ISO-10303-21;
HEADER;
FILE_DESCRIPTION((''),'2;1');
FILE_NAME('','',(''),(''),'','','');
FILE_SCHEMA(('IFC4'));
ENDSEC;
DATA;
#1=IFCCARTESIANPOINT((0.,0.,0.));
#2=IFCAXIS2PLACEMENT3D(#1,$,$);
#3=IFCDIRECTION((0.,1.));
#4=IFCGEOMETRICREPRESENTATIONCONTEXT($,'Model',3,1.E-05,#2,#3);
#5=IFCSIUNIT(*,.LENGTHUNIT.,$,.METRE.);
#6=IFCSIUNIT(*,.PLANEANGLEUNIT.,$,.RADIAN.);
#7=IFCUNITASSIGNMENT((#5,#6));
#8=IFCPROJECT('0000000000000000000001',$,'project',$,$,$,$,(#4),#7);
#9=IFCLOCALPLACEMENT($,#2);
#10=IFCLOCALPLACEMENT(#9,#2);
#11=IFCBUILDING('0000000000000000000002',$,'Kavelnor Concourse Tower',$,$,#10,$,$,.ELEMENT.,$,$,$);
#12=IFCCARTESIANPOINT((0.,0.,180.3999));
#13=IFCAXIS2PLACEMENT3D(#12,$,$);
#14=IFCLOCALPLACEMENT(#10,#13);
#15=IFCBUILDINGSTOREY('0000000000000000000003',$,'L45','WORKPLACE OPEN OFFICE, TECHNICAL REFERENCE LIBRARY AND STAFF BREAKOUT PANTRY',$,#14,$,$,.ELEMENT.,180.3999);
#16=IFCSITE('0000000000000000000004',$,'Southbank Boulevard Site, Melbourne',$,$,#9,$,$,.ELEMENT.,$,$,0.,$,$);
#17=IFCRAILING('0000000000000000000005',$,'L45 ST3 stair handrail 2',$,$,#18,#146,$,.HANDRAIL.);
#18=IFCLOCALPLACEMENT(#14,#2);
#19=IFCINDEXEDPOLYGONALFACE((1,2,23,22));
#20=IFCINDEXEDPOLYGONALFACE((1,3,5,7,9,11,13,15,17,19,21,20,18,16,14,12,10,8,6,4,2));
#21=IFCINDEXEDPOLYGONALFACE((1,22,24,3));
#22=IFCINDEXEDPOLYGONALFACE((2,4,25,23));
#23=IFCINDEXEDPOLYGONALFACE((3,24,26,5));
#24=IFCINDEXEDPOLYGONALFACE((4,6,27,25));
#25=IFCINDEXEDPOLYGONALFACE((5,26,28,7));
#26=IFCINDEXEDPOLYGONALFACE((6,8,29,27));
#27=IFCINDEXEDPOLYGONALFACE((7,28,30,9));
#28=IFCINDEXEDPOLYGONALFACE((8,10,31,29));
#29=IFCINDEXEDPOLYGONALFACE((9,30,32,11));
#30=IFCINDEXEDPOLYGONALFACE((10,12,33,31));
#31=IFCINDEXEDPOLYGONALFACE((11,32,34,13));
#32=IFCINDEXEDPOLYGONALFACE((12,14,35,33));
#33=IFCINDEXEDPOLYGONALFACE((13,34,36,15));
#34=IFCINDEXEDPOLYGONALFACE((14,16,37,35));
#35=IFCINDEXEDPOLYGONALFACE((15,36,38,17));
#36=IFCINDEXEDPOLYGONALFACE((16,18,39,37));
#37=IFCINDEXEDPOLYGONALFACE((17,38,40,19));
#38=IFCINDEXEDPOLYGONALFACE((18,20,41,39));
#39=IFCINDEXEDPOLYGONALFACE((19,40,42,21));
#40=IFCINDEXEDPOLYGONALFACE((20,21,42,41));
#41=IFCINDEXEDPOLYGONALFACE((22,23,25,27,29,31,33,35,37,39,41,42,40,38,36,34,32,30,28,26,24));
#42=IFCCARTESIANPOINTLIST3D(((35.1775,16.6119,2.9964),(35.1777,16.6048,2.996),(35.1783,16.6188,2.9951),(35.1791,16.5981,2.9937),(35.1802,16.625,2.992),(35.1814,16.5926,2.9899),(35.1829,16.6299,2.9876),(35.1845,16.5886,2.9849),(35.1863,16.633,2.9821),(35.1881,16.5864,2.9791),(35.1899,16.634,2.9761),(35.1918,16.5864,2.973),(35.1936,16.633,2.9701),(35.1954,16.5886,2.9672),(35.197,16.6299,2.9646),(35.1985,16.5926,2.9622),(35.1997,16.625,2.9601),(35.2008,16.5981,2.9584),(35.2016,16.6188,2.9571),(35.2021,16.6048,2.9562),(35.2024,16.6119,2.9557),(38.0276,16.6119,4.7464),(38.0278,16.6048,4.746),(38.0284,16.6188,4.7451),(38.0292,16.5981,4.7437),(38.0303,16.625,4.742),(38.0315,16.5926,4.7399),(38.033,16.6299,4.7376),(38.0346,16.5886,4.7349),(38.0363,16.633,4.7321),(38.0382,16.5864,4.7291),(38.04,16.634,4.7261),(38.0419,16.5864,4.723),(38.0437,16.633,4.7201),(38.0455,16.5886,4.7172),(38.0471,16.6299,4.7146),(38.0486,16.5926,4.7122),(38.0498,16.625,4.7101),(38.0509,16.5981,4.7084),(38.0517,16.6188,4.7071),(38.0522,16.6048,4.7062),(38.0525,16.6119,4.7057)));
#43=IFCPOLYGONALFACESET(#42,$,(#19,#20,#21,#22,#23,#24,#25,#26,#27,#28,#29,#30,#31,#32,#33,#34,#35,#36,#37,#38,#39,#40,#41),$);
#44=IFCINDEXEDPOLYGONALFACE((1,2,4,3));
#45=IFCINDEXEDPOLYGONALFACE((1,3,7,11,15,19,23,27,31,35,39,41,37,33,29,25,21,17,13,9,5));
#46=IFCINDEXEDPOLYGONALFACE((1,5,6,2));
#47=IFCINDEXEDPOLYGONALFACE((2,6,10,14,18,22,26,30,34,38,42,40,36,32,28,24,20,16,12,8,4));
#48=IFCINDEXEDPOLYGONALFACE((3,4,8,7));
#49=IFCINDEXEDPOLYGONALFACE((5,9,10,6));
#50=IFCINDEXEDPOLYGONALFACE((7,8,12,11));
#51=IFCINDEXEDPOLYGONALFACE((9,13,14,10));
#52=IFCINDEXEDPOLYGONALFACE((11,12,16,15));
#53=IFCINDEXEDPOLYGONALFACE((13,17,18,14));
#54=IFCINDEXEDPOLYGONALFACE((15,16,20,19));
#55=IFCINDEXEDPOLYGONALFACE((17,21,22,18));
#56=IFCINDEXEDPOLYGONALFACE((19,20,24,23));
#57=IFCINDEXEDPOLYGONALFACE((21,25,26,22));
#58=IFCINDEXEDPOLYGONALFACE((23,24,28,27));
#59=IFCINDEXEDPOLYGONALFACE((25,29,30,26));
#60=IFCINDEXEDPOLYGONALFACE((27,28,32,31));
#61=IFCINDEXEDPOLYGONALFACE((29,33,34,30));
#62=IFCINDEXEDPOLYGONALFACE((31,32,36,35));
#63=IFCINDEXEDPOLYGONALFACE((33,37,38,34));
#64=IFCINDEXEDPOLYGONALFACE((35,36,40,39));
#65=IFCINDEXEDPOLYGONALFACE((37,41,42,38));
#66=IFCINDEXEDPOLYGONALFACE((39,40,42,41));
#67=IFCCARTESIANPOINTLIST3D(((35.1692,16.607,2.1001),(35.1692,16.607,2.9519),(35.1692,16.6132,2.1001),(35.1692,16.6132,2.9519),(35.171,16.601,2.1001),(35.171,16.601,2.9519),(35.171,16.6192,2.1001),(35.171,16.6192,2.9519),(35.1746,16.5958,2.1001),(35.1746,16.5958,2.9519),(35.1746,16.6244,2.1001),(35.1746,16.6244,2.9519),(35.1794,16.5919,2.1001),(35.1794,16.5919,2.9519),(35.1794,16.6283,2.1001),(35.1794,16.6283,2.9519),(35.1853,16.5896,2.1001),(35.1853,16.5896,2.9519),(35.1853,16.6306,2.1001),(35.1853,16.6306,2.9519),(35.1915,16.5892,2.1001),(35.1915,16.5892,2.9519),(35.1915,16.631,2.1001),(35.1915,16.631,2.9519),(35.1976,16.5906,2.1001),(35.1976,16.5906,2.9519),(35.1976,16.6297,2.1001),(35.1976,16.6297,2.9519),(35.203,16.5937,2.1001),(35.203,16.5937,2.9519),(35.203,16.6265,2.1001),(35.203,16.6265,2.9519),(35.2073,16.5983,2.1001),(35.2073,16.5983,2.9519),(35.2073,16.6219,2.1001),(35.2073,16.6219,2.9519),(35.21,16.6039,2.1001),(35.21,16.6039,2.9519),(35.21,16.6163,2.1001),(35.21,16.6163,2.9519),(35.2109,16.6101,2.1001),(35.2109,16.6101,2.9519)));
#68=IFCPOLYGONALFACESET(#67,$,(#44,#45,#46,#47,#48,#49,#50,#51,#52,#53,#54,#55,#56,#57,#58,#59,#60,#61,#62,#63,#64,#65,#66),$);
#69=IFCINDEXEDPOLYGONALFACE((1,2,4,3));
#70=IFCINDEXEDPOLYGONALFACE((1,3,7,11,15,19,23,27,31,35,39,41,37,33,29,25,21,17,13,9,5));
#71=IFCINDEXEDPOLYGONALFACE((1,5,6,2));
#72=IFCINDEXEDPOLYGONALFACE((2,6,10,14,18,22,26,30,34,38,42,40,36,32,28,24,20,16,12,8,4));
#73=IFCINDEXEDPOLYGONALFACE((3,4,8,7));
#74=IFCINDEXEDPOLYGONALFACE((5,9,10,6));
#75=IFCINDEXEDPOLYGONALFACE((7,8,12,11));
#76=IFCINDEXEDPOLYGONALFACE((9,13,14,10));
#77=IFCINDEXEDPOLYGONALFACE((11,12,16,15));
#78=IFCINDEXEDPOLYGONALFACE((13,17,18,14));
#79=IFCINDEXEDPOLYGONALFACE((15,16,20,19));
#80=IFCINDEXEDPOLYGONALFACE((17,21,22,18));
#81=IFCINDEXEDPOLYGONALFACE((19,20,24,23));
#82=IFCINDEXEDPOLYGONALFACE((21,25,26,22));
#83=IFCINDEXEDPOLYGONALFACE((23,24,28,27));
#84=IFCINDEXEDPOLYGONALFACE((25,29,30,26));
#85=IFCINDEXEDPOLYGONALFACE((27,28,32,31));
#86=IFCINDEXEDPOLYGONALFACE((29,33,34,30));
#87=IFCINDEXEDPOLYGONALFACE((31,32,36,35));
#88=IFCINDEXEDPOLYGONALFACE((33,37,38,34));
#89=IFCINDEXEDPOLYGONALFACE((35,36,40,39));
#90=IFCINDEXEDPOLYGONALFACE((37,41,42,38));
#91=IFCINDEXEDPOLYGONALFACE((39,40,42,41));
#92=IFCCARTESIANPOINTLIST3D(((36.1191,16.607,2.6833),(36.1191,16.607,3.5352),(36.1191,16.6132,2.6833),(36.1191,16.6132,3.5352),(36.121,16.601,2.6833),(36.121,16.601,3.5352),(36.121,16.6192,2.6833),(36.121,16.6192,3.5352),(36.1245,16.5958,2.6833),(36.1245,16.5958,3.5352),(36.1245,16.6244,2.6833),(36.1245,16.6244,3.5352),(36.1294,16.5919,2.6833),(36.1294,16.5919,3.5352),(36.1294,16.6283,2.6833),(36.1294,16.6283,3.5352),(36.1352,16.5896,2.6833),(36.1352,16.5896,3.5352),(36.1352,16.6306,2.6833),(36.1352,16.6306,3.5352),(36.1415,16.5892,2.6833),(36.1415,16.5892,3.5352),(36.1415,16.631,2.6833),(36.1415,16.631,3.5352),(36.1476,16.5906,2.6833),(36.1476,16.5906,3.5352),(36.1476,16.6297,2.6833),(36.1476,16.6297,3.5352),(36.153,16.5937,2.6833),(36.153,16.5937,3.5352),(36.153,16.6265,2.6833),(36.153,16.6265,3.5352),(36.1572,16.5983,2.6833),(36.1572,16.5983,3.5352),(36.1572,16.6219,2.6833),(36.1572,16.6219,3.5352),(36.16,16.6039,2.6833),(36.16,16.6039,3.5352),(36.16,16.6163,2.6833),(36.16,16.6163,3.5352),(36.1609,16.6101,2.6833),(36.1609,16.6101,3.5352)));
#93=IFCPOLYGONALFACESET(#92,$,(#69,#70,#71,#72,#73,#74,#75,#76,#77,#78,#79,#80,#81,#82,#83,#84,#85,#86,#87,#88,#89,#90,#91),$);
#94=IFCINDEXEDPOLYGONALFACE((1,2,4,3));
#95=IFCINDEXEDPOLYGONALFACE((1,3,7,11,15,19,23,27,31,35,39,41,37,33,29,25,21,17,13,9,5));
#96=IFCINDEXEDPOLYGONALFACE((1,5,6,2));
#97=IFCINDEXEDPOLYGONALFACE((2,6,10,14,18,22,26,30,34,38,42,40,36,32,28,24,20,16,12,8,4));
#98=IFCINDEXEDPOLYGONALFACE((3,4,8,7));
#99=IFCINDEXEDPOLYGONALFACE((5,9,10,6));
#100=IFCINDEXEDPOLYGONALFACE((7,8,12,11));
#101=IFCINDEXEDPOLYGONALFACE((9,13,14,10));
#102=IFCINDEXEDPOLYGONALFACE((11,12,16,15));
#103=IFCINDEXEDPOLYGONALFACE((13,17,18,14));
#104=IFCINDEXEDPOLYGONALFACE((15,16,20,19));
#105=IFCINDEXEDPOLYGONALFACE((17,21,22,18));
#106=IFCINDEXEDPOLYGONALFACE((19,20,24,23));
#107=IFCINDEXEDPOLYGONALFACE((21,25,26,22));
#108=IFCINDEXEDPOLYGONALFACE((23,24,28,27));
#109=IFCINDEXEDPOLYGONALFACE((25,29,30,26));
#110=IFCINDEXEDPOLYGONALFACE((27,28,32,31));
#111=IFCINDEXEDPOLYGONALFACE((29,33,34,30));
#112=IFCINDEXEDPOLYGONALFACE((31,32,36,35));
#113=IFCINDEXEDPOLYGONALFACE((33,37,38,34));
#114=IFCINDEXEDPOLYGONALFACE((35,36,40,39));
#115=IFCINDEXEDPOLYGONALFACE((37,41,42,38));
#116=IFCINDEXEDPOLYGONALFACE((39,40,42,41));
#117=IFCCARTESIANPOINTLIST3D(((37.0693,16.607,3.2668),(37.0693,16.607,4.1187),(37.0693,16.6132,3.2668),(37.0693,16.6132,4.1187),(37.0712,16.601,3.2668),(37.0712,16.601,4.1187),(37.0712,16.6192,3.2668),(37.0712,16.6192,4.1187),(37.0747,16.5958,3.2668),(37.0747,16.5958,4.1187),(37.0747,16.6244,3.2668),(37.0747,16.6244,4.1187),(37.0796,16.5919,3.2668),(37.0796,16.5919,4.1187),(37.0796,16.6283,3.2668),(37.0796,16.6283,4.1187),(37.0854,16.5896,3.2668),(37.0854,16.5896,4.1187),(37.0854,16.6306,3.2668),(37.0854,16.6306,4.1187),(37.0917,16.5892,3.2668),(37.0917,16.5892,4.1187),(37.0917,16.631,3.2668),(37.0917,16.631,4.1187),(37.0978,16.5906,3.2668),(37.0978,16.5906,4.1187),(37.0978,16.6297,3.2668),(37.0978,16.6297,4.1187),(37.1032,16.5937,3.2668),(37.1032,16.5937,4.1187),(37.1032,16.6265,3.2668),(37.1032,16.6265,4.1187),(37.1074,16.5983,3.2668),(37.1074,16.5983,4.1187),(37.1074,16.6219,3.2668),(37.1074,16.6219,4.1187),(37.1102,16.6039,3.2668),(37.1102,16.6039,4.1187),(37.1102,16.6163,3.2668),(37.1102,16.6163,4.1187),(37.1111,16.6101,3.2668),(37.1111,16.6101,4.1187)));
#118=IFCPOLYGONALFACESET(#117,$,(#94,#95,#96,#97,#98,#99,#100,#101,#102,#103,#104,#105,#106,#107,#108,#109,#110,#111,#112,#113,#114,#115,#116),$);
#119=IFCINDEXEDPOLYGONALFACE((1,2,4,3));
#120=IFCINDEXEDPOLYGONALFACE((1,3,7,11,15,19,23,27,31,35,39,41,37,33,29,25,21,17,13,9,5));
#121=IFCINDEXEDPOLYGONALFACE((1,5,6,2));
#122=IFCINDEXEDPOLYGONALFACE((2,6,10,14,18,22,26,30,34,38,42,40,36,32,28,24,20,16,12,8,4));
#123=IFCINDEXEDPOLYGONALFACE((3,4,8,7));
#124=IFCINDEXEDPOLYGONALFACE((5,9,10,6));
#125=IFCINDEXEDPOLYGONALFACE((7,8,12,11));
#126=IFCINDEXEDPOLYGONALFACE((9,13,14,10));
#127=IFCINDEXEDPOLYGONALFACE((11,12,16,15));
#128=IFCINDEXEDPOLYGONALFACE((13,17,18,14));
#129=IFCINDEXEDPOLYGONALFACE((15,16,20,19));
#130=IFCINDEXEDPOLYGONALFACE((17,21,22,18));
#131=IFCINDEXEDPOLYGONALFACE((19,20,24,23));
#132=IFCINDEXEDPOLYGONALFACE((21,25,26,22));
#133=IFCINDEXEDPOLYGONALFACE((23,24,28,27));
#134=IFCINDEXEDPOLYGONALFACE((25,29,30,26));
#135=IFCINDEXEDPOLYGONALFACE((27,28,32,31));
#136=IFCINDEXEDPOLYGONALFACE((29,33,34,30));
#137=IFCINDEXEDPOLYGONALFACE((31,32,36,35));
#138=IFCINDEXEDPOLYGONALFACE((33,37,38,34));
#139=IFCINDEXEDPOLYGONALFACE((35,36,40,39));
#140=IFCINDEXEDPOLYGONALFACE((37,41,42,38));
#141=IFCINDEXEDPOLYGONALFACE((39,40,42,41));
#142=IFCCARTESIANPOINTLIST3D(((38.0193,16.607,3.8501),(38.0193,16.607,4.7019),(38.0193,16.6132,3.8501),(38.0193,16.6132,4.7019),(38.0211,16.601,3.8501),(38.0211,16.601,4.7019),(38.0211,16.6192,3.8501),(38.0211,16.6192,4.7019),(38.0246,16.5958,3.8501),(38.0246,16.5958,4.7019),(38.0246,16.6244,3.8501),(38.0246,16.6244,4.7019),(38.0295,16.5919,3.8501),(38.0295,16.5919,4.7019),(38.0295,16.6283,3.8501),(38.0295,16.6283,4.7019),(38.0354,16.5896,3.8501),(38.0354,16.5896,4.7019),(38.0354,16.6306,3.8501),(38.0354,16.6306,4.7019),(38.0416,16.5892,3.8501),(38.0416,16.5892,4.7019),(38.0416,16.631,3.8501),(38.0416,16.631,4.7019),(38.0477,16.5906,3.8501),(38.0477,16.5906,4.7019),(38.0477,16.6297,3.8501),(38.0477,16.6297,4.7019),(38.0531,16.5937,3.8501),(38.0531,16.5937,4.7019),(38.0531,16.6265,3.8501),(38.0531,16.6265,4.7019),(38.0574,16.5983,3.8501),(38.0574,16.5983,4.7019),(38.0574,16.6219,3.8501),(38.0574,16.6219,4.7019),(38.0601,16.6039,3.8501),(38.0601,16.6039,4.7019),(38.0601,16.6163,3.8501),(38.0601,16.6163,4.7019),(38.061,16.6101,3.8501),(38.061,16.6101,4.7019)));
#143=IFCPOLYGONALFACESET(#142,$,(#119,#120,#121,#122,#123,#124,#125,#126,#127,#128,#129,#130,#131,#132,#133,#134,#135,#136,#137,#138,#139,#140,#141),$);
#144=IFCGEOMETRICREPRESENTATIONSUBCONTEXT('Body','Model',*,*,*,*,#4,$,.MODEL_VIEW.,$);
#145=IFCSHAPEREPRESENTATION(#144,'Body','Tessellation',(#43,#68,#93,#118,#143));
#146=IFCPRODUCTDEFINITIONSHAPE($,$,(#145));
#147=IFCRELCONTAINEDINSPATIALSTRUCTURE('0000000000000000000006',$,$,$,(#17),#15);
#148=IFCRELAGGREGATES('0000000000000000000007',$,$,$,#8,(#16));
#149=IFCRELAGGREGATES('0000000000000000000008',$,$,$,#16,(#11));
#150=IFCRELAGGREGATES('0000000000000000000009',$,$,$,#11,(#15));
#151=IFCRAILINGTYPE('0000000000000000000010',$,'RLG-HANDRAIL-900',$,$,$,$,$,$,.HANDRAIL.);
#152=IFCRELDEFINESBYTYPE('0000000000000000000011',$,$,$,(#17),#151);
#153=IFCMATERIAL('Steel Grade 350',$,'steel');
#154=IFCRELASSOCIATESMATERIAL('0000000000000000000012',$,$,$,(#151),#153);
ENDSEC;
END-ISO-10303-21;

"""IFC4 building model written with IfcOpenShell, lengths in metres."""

from ifc_helpers import new_model, si_unit, direction, frame, origin, origin_2d, place, context, subcontext, project, spatial, circle, extrude, material, type_object, element, save


model = new_model("IFC4")

# Units and contexts
model_context = context("Model", 3, precision=1e-05, world=origin(), true_north=direction((0.0, 1.0)))
body_context = subcontext(model_context, "Body", "Model", "MODEL_VIEW")
ifc_project = project(units=[si_unit("LENGTHUNIT", "METRE"), si_unit("PLANEANGLEUNIT", "RADIAN")], contexts=[model_context])

# Site, building, storey
site_placement = place(None, origin())
site = spatial("IfcSite", under=ifc_project, at=site_placement, Name="Southbank Boulevard Site, Melbourne", CompositionType="ELEMENT", RefElevation=0.0)
building_placement = place(site_placement, origin())
building = spatial("IfcBuilding", under=site, at=building_placement, Name="Kavelnor Concourse Tower", CompositionType="ELEMENT")
storey_placement = place(building_placement, frame((0.0, 0.0, 180.3999)))
storey = spatial("IfcBuildingStorey", under=building, at=storey_placement, Name="L45", Description="WORKPLACE OPEN OFFICE, TECHNICAL REFERENCE LIBRARY AND STAFF BREAKOUT PANTRY", CompositionType="ELEMENT", Elevation=180.3999)

# Shared definitions
ifc_material_1 = material(Name="Steel Grade 350", Category="steel")

# Railing
railing_type_1 = type_object("IfcRailingType", Name="RLG-HANDRAIL-900", PredefinedType="HANDRAIL", material=ifc_material_1)
railing_1_placement = place(storey_placement, frame((35.1899, 16.6101, 2.1001)))
element("IfcRailing", 1, at=railing_1_placement, inside=storey, type_object=railing_type_1, Name="L45 ST3 stair handrail 2", PredefinedType="HANDRAIL", context=body_context, shape_type="SweptSolid", body=[
    extrude(circle(Radius=0.0239, at=origin_2d()), frame((0.0, 0.0, 0.876), z_axis=(0.852179, 0.0, 0.52325), x_axis=(0.0, 1.0, 0.0)), (0.0, 0.0, 1.0), 3.3445),
    extrude(circle(Radius=0.021, at=origin_2d()), origin(), (0.0, 0.0, 1.0), 0.8518),
    extrude(circle(Radius=0.021, at=origin_2d()), frame((0.95, 0.0, 0.5833)), (0.0, 0.0, 1.0), 0.8518),
    extrude(circle(Radius=0.021, at=origin_2d()), frame((1.9001, 0.0, 1.1667)), (0.0, 0.0, 1.0), 0.8518),
    extrude(circle(Radius=0.021, at=origin_2d()), frame((2.8501, 0.0, 1.75)), (0.0, 0.0, 1.0), 0.8518),
])

save(model, "model.ifc")
